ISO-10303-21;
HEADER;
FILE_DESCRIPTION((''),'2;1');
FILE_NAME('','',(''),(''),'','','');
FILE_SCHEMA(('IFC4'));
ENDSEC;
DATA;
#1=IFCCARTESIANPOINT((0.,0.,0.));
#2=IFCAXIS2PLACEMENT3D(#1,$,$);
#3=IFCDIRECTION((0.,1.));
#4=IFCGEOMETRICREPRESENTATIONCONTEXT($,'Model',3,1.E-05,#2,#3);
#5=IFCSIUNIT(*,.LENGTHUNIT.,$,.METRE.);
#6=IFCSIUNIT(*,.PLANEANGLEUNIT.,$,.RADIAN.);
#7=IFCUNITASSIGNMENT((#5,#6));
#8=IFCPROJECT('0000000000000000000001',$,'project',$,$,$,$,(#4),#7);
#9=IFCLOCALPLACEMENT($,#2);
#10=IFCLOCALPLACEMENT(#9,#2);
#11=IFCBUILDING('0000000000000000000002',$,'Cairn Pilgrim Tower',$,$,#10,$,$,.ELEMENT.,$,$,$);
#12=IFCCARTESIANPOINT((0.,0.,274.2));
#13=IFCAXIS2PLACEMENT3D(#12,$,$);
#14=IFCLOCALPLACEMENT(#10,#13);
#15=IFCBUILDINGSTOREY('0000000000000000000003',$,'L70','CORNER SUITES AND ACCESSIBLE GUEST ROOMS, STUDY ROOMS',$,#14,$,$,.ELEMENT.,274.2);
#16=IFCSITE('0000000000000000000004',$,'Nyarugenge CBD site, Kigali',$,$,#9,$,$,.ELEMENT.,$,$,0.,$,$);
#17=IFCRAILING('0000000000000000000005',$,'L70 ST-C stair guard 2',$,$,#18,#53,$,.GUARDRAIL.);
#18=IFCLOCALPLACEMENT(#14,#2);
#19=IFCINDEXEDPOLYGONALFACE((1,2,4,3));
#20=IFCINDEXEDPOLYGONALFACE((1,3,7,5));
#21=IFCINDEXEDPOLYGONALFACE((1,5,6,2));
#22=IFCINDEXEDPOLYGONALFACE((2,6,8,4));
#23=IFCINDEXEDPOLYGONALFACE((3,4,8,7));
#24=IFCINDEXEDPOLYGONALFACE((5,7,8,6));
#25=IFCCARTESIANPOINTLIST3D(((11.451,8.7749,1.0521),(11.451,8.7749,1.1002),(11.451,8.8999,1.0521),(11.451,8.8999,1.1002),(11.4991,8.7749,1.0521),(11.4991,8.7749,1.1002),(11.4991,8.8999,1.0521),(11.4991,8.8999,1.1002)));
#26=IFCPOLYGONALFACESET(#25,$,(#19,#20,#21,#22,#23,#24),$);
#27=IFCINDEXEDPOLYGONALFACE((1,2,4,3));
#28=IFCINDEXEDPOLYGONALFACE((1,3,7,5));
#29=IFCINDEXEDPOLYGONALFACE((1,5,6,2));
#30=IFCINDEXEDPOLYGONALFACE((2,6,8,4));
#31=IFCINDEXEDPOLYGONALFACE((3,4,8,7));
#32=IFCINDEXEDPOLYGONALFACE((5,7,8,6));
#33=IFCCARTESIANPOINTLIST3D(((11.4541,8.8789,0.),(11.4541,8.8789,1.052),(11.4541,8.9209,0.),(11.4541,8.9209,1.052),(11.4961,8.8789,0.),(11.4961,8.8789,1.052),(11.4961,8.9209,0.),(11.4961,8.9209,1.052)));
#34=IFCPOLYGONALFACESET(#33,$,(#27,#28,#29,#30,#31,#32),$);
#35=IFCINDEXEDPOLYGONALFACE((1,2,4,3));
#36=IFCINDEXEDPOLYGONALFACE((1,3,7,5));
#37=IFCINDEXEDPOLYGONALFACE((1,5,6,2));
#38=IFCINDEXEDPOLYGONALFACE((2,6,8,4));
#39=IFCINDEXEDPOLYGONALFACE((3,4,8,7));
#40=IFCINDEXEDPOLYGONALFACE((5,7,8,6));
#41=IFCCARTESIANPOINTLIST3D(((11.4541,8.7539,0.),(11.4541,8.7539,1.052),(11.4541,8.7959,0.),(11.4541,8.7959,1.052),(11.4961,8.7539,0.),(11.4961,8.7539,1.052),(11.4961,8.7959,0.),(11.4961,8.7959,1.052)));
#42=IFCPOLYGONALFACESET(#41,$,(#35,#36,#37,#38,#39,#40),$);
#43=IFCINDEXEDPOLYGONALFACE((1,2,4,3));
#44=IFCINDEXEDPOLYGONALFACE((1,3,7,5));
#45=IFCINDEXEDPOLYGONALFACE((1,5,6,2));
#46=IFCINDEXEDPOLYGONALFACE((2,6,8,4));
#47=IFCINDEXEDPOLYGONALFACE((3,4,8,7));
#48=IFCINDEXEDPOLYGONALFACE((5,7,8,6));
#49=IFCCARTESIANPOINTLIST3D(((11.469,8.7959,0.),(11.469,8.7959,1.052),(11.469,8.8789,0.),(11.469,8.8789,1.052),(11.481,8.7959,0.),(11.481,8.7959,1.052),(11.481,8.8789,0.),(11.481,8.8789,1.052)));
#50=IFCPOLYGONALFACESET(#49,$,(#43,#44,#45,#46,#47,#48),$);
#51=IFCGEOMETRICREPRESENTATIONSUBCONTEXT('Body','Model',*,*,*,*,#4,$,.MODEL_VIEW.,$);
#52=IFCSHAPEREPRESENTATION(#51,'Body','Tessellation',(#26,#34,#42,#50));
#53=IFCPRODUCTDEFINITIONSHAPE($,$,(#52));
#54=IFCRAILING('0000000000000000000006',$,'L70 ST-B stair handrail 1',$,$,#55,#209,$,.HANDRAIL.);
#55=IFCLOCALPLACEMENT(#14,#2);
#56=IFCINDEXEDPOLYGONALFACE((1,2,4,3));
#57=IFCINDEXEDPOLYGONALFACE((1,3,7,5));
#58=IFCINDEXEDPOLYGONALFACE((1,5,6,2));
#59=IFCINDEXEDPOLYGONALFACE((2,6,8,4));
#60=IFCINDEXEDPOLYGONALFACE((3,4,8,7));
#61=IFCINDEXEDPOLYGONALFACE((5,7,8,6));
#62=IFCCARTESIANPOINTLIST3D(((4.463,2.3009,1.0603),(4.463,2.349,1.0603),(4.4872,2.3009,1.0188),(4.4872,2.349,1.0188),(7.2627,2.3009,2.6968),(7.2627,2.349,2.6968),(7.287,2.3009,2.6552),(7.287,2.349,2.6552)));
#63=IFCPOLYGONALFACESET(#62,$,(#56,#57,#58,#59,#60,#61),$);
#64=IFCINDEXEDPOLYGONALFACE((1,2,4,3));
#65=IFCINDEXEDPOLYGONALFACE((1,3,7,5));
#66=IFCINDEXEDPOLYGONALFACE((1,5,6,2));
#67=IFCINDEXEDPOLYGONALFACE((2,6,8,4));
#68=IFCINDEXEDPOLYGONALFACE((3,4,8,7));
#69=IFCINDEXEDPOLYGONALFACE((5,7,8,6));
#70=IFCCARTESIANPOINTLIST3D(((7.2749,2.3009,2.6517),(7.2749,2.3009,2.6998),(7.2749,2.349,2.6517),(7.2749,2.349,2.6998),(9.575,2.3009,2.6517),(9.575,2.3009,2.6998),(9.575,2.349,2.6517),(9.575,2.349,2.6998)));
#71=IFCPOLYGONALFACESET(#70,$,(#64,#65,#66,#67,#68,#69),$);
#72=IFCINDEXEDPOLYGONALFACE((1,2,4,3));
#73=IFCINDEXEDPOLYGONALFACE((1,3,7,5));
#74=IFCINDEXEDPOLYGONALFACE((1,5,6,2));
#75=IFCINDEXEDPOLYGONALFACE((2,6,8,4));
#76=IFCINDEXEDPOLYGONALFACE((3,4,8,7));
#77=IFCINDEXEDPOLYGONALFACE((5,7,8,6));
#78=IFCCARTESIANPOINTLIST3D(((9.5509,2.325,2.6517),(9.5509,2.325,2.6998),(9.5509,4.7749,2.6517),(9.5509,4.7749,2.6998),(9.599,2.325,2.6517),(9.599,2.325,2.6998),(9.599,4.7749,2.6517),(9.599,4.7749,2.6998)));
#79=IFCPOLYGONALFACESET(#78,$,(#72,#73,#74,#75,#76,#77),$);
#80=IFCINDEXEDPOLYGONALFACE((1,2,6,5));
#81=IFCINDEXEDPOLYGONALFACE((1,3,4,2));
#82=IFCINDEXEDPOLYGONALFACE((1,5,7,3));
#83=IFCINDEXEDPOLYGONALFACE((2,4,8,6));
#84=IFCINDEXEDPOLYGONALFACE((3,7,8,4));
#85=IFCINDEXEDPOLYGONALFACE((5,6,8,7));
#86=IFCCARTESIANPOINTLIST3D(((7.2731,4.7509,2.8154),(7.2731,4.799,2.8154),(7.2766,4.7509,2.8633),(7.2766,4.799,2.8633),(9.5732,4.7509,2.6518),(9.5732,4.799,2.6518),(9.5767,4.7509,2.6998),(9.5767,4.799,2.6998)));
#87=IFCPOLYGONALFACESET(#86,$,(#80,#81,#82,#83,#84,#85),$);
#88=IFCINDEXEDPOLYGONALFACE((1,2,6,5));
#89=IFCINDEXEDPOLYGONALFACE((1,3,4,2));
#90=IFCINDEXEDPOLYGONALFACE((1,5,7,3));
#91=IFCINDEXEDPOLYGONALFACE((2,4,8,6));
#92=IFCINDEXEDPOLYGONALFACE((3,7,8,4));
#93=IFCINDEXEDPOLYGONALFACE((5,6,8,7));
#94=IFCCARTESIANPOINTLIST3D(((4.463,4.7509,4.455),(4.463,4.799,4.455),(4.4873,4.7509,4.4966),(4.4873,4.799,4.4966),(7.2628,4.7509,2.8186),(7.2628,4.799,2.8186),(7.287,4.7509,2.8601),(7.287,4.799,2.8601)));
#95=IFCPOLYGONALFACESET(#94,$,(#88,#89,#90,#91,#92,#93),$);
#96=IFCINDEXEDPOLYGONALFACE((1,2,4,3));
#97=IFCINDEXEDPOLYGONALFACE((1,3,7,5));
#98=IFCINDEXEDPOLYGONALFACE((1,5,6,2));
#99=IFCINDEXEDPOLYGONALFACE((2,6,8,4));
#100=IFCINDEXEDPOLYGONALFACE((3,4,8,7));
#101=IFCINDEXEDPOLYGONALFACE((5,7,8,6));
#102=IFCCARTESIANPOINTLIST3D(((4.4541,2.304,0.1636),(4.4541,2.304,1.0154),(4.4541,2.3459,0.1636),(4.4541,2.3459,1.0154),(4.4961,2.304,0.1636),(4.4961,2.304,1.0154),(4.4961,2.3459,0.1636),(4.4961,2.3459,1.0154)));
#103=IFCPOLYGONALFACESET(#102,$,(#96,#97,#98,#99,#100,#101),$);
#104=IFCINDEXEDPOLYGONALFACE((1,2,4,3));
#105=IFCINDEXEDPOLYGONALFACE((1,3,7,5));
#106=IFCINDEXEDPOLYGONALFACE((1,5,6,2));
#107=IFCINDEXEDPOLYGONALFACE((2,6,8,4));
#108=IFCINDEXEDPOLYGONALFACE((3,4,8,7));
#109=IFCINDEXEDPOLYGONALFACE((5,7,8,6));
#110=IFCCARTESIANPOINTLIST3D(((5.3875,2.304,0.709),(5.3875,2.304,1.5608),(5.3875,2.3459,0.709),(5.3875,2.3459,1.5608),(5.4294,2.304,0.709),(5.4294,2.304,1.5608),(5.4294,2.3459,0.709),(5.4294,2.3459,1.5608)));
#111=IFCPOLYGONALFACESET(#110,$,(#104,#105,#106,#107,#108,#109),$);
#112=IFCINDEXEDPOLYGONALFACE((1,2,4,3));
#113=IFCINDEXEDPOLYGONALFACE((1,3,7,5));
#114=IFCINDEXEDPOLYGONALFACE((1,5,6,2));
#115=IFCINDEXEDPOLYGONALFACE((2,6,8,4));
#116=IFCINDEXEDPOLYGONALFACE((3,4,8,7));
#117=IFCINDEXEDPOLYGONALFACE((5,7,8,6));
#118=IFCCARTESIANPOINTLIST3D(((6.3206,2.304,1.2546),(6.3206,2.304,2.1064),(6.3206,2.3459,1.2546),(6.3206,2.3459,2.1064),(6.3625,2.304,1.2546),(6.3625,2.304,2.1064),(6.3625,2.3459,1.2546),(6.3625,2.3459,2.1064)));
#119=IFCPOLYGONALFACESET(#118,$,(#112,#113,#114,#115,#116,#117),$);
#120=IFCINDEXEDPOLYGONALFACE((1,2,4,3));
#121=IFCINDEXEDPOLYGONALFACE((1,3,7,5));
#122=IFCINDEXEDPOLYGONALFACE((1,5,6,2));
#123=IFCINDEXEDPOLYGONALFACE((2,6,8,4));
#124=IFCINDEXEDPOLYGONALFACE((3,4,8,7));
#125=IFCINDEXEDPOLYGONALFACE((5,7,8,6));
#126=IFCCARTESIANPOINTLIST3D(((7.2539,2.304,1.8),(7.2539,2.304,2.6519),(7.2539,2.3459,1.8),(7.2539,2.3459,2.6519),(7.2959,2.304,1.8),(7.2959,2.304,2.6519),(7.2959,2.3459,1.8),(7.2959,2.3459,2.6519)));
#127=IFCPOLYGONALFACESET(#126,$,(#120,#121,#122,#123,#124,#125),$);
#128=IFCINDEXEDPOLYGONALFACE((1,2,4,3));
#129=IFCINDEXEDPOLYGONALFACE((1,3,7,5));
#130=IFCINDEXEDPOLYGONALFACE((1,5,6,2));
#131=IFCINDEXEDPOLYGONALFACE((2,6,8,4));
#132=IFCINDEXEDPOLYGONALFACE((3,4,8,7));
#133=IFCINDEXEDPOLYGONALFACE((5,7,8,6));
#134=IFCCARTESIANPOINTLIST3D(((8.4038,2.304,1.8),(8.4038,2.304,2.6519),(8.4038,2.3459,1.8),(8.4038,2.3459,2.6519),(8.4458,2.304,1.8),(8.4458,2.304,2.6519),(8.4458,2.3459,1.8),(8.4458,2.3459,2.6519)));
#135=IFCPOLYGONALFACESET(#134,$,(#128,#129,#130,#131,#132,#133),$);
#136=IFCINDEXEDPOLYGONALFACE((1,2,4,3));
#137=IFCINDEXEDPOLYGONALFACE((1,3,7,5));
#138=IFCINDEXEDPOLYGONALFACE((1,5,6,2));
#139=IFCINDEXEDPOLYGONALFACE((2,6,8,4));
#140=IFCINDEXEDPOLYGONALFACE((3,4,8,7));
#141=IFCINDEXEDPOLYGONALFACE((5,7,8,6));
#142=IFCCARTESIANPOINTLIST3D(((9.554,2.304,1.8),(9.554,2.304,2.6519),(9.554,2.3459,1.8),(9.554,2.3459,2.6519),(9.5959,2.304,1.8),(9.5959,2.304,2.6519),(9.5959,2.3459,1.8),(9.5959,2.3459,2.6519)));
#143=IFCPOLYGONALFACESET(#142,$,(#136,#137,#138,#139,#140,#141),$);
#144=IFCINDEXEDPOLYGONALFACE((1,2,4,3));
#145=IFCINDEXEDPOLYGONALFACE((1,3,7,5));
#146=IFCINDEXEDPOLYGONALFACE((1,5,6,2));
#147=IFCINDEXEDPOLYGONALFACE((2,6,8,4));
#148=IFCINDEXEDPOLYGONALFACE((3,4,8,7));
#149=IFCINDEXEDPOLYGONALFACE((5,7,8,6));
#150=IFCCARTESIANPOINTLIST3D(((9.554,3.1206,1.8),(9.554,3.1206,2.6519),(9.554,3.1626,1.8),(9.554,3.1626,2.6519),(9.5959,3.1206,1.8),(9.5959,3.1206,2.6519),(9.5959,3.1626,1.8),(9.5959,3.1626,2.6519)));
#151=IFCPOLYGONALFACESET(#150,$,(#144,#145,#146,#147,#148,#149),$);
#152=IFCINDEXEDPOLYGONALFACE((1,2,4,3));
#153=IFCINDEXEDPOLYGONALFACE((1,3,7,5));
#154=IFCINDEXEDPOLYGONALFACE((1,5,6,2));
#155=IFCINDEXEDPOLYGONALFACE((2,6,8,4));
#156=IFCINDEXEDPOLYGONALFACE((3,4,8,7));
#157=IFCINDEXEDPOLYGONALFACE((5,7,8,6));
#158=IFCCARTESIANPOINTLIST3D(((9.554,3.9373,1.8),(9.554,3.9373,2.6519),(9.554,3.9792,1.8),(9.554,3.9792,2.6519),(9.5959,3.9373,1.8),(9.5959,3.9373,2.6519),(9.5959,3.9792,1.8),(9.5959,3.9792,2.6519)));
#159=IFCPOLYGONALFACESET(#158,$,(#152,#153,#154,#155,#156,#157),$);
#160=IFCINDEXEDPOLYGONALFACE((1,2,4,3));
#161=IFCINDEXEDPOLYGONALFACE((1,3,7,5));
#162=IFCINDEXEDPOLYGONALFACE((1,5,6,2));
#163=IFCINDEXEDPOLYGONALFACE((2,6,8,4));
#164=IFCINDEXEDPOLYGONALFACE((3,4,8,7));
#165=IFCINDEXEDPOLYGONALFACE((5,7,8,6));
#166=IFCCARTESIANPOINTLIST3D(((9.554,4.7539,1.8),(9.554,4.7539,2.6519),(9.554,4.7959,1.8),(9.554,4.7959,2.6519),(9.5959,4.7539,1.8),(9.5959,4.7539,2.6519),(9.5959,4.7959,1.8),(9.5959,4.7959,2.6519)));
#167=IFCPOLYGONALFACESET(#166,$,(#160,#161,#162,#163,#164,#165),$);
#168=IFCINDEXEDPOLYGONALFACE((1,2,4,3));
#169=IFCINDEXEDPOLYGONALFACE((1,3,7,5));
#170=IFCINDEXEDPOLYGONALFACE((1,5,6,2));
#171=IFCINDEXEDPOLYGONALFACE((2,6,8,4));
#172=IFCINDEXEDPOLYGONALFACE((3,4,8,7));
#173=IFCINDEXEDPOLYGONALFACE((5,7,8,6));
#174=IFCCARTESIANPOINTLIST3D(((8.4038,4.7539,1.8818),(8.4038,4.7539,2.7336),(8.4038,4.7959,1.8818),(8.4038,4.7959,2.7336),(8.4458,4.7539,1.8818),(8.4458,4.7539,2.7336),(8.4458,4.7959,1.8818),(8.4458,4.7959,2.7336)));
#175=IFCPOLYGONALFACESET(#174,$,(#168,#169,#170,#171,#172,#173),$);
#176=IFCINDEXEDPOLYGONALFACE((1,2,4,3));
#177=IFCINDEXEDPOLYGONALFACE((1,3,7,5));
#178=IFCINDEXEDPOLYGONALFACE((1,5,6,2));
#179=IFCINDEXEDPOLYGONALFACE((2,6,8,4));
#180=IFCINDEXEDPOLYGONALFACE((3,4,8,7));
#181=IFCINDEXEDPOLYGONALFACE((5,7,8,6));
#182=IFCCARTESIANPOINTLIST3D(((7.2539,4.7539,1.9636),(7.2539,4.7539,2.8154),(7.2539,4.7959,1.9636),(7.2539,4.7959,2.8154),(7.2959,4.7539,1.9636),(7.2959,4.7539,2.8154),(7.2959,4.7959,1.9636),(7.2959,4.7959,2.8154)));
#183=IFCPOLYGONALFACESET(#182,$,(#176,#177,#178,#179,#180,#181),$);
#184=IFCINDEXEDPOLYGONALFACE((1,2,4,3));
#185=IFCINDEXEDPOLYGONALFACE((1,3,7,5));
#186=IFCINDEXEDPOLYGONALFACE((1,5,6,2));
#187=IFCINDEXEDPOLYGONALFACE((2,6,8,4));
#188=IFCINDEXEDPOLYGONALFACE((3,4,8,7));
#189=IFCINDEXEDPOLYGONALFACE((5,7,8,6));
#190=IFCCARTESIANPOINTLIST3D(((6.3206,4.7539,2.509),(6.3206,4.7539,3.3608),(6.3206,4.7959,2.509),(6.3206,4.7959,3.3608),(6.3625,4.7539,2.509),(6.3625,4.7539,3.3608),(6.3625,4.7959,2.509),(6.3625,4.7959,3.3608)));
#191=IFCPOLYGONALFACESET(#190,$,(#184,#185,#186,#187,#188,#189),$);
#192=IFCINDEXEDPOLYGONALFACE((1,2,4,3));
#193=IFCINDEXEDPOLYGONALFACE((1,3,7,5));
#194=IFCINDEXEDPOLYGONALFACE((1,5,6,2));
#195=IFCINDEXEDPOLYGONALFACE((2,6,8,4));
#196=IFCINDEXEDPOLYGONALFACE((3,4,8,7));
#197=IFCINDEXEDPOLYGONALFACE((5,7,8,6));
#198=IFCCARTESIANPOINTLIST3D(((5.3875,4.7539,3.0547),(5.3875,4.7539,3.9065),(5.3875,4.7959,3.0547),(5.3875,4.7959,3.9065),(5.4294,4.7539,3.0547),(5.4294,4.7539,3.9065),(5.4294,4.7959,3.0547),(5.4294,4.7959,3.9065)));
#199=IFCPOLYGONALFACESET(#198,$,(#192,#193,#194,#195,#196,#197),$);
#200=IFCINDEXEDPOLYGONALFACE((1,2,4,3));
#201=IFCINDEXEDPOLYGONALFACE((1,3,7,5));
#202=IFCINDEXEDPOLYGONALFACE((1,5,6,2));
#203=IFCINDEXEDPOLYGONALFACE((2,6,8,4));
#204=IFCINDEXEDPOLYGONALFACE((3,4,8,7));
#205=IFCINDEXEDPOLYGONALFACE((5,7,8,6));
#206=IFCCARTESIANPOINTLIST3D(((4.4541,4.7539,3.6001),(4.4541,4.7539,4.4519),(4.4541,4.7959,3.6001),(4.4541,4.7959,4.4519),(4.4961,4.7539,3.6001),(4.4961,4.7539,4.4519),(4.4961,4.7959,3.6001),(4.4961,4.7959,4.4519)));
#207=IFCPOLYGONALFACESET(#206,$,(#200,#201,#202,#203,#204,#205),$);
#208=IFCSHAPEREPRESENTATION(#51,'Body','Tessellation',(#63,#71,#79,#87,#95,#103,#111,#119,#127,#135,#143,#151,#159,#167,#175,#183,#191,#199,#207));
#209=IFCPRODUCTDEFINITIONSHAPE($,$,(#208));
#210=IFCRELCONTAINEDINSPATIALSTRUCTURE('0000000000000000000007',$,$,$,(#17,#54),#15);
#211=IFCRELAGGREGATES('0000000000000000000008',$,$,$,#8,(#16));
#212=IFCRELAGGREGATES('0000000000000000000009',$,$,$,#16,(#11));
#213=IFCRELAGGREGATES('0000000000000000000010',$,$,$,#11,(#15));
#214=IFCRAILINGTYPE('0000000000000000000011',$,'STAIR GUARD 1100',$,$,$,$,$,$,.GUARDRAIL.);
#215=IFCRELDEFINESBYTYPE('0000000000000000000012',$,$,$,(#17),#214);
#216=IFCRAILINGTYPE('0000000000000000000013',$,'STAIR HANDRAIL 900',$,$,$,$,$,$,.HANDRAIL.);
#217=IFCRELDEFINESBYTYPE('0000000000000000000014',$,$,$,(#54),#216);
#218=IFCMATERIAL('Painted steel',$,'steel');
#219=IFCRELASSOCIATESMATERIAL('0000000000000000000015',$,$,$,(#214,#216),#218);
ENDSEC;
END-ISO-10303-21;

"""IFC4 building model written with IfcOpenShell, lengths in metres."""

from ifc_helpers import new_model, si_unit, direction, frame, origin, origin_2d, place, context, subcontext, project, spatial, polyline, rectangle, outline, extrude, material, type_object, element, save


model = new_model("IFC4")

# Units and contexts
model_context = context("Model", 3, precision=1e-05, world=origin(), true_north=direction((0.0, 1.0)))
body_context = subcontext(model_context, "Body", "Model", "MODEL_VIEW")
ifc_project = project(units=[si_unit("LENGTHUNIT", "METRE"), si_unit("PLANEANGLEUNIT", "RADIAN")], contexts=[model_context])

# Site, building, storey
site_placement = place(None, origin())
site = spatial("IfcSite", under=ifc_project, at=site_placement, Name="Nyarugenge CBD site, Kigali", CompositionType="ELEMENT", RefElevation=0.0)
building_placement = place(site_placement, origin())
building = spatial("IfcBuilding", under=site, at=building_placement, Name="Cairn Pilgrim Tower", CompositionType="ELEMENT")
storey_placement = place(building_placement, frame((0.0, 0.0, 274.2)))
storey = spatial("IfcBuildingStorey", under=building, at=storey_placement, Name="L70", Description="CORNER SUITES AND ACCESSIBLE GUEST ROOMS, STUDY ROOMS", CompositionType="ELEMENT", Elevation=274.2)

# Shared definitions
ifc_material_1 = material(Name="Painted steel", Category="steel")

# Railings
railing_type_1 = type_object("IfcRailingType", Name="STAIR GUARD 1100", PredefinedType="GUARDRAIL", material=ifc_material_1)
railing_1_placement = place(storey_placement, frame((11.4751, 8.8999, 0.0)))
element("IfcRailing", 1, at=railing_1_placement, inside=storey, type_object=railing_type_1, Name="L70 ST-C stair guard 2", PredefinedType="GUARDRAIL", context=body_context, shape_type="SweptSolid", body=[
    extrude(rectangle(XDim=0.0481, YDim=0.0481, at=origin_2d()), frame((0.0, 0.0, 1.0762), z_axis=(0.0, -1.0, 0.0), x_axis=(1.0, 0.0, 0.0)), (0.0, 0.0, 1.0), 0.125),
    extrude(rectangle(XDim=0.042, YDim=0.042, at=origin_2d()), origin(), (0.0, 0.0, 1.0), 1.052),
    extrude(rectangle(XDim=0.042, YDim=0.042, at=origin_2d()), frame((0.0, -0.125, 0.0)), (0.0, 0.0, 1.0), 1.052),
    extrude(outline(polyline([(0.021, 0.0), (0.104, 0.0), (0.104, 1.052), (0.021, 1.052), (0.021, 0.0)])), frame((0.0059, 0.0, 0.0), z_axis=(-1.0, 0.0, 0.0), x_axis=(0.0, -1.0, 0.0)), (0.0, 0.0, 1.0), 0.012),
])
railing_type_2 = type_object("IfcRailingType", Name="STAIR HANDRAIL 900", PredefinedType="HANDRAIL", material=ifc_material_1)
railing_2_placement = place(storey_placement, frame((4.4751, 2.325, 0.1636)))
element("IfcRailing", 2, at=railing_2_placement, inside=storey, type_object=railing_type_2, Name="L70 ST-B stair handrail 1", PredefinedType="HANDRAIL", context=body_context, shape_type="SweptSolid", body=[
    extrude(rectangle(XDim=0.0481, YDim=0.0481, at=origin_2d()), frame((0.0, 0.0, 0.876), z_axis=(0.863342, 0.0, 0.50462), x_axis=(0.0, 1.0, 0.0)), (0.0, 0.0, 1.0), 3.2429),
    extrude(rectangle(XDim=0.0481, YDim=0.0481, at=origin_2d()), frame((2.7998, 0.0, 2.5122), z_axis=(1.0, 0.0, 0.0), x_axis=(0.0, 1.0, 0.0)), (0.0, 0.0, 1.0), 2.3),
    extrude(rectangle(XDim=0.0481, YDim=0.0481, at=origin_2d()), frame((5.0999, 0.0, 2.5122), z_axis=(0.0, 1.0, 0.0), x_axis=(-1.0, 0.0, 0.0)), (0.0, 0.0, 1.0), 2.45),
    extrude(rectangle(XDim=0.0481, YDim=0.0481, at=origin_2d()), frame((5.0999, 2.45, 2.5122), z_axis=(-0.997481, 0.0, 0.070939), x_axis=(0.0, -1.0, 0.0)), (0.0, 0.0, 1.0), 2.3059),
    extrude(rectangle(XDim=0.0481, YDim=0.0481, at=origin_2d()), frame((2.7998, 2.45, 2.6758), z_axis=(-0.863342, 0.0, 0.50462), x_axis=(0.0, -1.0, 0.0)), (0.0, 0.0, 1.0), 3.2429),
    extrude(rectangle(XDim=0.042, YDim=0.042, at=origin_2d()), origin(), (0.0, 0.0, 1.0), 0.8518),
    extrude(rectangle(XDim=0.042, YDim=0.042, at=origin_2d()), frame((0.9333, 0.0, 0.5454)), (0.0, 0.0, 1.0), 0.8518),
    extrude(rectangle(XDim=0.042, YDim=0.042, at=origin_2d()), frame((1.8665, 0.0, 1.0911)), (0.0, 0.0, 1.0), 0.8518),
    extrude(rectangle(XDim=0.042, YDim=0.042, at=origin_2d()), frame((2.7998, 0.0, 1.6365)), (0.0, 0.0, 1.0), 0.8518),
    extrude(rectangle(XDim=0.042, YDim=0.042, at=origin_2d()), frame((3.9497, 0.0, 1.6365)), (0.0, 0.0, 1.0), 0.8518),
    extrude(rectangle(XDim=0.042, YDim=0.042, at=origin_2d()), frame((5.0999, 0.0, 1.6365)), (0.0, 0.0, 1.0), 0.8518),
    extrude(rectangle(XDim=0.042, YDim=0.042, at=origin_2d()), frame((5.0999, 0.8167, 1.6365)), (0.0, 0.0, 1.0), 0.8518),
    extrude(rectangle(XDim=0.042, YDim=0.042, at=origin_2d()), frame((5.0999, 1.6333, 1.6365)), (0.0, 0.0, 1.0), 0.8518),
    extrude(rectangle(XDim=0.042, YDim=0.042, at=origin_2d()), frame((5.0999, 2.45, 1.6365)), (0.0, 0.0, 1.0), 0.8518),
    extrude(rectangle(XDim=0.042, YDim=0.042, at=origin_2d()), frame((3.9497, 2.45, 1.7183)), (0.0, 0.0, 1.0), 0.8518),
    extrude(rectangle(XDim=0.042, YDim=0.042, at=origin_2d()), frame((2.7998, 2.45, 1.8)), (0.0, 0.0, 1.0), 0.8518),
    extrude(rectangle(XDim=0.042, YDim=0.042, at=origin_2d()), frame((1.8665, 2.45, 2.3455)), (0.0, 0.0, 1.0), 0.8518),
    extrude(rectangle(XDim=0.042, YDim=0.042, at=origin_2d()), frame((0.9333, 2.45, 2.8911)), (0.0, 0.0, 1.0), 0.8518),
    extrude(rectangle(XDim=0.042, YDim=0.042, at=origin_2d()), frame((0.0, 2.45, 3.4365)), (0.0, 0.0, 1.0), 0.8518),
])

save(model, "model.ifc")
